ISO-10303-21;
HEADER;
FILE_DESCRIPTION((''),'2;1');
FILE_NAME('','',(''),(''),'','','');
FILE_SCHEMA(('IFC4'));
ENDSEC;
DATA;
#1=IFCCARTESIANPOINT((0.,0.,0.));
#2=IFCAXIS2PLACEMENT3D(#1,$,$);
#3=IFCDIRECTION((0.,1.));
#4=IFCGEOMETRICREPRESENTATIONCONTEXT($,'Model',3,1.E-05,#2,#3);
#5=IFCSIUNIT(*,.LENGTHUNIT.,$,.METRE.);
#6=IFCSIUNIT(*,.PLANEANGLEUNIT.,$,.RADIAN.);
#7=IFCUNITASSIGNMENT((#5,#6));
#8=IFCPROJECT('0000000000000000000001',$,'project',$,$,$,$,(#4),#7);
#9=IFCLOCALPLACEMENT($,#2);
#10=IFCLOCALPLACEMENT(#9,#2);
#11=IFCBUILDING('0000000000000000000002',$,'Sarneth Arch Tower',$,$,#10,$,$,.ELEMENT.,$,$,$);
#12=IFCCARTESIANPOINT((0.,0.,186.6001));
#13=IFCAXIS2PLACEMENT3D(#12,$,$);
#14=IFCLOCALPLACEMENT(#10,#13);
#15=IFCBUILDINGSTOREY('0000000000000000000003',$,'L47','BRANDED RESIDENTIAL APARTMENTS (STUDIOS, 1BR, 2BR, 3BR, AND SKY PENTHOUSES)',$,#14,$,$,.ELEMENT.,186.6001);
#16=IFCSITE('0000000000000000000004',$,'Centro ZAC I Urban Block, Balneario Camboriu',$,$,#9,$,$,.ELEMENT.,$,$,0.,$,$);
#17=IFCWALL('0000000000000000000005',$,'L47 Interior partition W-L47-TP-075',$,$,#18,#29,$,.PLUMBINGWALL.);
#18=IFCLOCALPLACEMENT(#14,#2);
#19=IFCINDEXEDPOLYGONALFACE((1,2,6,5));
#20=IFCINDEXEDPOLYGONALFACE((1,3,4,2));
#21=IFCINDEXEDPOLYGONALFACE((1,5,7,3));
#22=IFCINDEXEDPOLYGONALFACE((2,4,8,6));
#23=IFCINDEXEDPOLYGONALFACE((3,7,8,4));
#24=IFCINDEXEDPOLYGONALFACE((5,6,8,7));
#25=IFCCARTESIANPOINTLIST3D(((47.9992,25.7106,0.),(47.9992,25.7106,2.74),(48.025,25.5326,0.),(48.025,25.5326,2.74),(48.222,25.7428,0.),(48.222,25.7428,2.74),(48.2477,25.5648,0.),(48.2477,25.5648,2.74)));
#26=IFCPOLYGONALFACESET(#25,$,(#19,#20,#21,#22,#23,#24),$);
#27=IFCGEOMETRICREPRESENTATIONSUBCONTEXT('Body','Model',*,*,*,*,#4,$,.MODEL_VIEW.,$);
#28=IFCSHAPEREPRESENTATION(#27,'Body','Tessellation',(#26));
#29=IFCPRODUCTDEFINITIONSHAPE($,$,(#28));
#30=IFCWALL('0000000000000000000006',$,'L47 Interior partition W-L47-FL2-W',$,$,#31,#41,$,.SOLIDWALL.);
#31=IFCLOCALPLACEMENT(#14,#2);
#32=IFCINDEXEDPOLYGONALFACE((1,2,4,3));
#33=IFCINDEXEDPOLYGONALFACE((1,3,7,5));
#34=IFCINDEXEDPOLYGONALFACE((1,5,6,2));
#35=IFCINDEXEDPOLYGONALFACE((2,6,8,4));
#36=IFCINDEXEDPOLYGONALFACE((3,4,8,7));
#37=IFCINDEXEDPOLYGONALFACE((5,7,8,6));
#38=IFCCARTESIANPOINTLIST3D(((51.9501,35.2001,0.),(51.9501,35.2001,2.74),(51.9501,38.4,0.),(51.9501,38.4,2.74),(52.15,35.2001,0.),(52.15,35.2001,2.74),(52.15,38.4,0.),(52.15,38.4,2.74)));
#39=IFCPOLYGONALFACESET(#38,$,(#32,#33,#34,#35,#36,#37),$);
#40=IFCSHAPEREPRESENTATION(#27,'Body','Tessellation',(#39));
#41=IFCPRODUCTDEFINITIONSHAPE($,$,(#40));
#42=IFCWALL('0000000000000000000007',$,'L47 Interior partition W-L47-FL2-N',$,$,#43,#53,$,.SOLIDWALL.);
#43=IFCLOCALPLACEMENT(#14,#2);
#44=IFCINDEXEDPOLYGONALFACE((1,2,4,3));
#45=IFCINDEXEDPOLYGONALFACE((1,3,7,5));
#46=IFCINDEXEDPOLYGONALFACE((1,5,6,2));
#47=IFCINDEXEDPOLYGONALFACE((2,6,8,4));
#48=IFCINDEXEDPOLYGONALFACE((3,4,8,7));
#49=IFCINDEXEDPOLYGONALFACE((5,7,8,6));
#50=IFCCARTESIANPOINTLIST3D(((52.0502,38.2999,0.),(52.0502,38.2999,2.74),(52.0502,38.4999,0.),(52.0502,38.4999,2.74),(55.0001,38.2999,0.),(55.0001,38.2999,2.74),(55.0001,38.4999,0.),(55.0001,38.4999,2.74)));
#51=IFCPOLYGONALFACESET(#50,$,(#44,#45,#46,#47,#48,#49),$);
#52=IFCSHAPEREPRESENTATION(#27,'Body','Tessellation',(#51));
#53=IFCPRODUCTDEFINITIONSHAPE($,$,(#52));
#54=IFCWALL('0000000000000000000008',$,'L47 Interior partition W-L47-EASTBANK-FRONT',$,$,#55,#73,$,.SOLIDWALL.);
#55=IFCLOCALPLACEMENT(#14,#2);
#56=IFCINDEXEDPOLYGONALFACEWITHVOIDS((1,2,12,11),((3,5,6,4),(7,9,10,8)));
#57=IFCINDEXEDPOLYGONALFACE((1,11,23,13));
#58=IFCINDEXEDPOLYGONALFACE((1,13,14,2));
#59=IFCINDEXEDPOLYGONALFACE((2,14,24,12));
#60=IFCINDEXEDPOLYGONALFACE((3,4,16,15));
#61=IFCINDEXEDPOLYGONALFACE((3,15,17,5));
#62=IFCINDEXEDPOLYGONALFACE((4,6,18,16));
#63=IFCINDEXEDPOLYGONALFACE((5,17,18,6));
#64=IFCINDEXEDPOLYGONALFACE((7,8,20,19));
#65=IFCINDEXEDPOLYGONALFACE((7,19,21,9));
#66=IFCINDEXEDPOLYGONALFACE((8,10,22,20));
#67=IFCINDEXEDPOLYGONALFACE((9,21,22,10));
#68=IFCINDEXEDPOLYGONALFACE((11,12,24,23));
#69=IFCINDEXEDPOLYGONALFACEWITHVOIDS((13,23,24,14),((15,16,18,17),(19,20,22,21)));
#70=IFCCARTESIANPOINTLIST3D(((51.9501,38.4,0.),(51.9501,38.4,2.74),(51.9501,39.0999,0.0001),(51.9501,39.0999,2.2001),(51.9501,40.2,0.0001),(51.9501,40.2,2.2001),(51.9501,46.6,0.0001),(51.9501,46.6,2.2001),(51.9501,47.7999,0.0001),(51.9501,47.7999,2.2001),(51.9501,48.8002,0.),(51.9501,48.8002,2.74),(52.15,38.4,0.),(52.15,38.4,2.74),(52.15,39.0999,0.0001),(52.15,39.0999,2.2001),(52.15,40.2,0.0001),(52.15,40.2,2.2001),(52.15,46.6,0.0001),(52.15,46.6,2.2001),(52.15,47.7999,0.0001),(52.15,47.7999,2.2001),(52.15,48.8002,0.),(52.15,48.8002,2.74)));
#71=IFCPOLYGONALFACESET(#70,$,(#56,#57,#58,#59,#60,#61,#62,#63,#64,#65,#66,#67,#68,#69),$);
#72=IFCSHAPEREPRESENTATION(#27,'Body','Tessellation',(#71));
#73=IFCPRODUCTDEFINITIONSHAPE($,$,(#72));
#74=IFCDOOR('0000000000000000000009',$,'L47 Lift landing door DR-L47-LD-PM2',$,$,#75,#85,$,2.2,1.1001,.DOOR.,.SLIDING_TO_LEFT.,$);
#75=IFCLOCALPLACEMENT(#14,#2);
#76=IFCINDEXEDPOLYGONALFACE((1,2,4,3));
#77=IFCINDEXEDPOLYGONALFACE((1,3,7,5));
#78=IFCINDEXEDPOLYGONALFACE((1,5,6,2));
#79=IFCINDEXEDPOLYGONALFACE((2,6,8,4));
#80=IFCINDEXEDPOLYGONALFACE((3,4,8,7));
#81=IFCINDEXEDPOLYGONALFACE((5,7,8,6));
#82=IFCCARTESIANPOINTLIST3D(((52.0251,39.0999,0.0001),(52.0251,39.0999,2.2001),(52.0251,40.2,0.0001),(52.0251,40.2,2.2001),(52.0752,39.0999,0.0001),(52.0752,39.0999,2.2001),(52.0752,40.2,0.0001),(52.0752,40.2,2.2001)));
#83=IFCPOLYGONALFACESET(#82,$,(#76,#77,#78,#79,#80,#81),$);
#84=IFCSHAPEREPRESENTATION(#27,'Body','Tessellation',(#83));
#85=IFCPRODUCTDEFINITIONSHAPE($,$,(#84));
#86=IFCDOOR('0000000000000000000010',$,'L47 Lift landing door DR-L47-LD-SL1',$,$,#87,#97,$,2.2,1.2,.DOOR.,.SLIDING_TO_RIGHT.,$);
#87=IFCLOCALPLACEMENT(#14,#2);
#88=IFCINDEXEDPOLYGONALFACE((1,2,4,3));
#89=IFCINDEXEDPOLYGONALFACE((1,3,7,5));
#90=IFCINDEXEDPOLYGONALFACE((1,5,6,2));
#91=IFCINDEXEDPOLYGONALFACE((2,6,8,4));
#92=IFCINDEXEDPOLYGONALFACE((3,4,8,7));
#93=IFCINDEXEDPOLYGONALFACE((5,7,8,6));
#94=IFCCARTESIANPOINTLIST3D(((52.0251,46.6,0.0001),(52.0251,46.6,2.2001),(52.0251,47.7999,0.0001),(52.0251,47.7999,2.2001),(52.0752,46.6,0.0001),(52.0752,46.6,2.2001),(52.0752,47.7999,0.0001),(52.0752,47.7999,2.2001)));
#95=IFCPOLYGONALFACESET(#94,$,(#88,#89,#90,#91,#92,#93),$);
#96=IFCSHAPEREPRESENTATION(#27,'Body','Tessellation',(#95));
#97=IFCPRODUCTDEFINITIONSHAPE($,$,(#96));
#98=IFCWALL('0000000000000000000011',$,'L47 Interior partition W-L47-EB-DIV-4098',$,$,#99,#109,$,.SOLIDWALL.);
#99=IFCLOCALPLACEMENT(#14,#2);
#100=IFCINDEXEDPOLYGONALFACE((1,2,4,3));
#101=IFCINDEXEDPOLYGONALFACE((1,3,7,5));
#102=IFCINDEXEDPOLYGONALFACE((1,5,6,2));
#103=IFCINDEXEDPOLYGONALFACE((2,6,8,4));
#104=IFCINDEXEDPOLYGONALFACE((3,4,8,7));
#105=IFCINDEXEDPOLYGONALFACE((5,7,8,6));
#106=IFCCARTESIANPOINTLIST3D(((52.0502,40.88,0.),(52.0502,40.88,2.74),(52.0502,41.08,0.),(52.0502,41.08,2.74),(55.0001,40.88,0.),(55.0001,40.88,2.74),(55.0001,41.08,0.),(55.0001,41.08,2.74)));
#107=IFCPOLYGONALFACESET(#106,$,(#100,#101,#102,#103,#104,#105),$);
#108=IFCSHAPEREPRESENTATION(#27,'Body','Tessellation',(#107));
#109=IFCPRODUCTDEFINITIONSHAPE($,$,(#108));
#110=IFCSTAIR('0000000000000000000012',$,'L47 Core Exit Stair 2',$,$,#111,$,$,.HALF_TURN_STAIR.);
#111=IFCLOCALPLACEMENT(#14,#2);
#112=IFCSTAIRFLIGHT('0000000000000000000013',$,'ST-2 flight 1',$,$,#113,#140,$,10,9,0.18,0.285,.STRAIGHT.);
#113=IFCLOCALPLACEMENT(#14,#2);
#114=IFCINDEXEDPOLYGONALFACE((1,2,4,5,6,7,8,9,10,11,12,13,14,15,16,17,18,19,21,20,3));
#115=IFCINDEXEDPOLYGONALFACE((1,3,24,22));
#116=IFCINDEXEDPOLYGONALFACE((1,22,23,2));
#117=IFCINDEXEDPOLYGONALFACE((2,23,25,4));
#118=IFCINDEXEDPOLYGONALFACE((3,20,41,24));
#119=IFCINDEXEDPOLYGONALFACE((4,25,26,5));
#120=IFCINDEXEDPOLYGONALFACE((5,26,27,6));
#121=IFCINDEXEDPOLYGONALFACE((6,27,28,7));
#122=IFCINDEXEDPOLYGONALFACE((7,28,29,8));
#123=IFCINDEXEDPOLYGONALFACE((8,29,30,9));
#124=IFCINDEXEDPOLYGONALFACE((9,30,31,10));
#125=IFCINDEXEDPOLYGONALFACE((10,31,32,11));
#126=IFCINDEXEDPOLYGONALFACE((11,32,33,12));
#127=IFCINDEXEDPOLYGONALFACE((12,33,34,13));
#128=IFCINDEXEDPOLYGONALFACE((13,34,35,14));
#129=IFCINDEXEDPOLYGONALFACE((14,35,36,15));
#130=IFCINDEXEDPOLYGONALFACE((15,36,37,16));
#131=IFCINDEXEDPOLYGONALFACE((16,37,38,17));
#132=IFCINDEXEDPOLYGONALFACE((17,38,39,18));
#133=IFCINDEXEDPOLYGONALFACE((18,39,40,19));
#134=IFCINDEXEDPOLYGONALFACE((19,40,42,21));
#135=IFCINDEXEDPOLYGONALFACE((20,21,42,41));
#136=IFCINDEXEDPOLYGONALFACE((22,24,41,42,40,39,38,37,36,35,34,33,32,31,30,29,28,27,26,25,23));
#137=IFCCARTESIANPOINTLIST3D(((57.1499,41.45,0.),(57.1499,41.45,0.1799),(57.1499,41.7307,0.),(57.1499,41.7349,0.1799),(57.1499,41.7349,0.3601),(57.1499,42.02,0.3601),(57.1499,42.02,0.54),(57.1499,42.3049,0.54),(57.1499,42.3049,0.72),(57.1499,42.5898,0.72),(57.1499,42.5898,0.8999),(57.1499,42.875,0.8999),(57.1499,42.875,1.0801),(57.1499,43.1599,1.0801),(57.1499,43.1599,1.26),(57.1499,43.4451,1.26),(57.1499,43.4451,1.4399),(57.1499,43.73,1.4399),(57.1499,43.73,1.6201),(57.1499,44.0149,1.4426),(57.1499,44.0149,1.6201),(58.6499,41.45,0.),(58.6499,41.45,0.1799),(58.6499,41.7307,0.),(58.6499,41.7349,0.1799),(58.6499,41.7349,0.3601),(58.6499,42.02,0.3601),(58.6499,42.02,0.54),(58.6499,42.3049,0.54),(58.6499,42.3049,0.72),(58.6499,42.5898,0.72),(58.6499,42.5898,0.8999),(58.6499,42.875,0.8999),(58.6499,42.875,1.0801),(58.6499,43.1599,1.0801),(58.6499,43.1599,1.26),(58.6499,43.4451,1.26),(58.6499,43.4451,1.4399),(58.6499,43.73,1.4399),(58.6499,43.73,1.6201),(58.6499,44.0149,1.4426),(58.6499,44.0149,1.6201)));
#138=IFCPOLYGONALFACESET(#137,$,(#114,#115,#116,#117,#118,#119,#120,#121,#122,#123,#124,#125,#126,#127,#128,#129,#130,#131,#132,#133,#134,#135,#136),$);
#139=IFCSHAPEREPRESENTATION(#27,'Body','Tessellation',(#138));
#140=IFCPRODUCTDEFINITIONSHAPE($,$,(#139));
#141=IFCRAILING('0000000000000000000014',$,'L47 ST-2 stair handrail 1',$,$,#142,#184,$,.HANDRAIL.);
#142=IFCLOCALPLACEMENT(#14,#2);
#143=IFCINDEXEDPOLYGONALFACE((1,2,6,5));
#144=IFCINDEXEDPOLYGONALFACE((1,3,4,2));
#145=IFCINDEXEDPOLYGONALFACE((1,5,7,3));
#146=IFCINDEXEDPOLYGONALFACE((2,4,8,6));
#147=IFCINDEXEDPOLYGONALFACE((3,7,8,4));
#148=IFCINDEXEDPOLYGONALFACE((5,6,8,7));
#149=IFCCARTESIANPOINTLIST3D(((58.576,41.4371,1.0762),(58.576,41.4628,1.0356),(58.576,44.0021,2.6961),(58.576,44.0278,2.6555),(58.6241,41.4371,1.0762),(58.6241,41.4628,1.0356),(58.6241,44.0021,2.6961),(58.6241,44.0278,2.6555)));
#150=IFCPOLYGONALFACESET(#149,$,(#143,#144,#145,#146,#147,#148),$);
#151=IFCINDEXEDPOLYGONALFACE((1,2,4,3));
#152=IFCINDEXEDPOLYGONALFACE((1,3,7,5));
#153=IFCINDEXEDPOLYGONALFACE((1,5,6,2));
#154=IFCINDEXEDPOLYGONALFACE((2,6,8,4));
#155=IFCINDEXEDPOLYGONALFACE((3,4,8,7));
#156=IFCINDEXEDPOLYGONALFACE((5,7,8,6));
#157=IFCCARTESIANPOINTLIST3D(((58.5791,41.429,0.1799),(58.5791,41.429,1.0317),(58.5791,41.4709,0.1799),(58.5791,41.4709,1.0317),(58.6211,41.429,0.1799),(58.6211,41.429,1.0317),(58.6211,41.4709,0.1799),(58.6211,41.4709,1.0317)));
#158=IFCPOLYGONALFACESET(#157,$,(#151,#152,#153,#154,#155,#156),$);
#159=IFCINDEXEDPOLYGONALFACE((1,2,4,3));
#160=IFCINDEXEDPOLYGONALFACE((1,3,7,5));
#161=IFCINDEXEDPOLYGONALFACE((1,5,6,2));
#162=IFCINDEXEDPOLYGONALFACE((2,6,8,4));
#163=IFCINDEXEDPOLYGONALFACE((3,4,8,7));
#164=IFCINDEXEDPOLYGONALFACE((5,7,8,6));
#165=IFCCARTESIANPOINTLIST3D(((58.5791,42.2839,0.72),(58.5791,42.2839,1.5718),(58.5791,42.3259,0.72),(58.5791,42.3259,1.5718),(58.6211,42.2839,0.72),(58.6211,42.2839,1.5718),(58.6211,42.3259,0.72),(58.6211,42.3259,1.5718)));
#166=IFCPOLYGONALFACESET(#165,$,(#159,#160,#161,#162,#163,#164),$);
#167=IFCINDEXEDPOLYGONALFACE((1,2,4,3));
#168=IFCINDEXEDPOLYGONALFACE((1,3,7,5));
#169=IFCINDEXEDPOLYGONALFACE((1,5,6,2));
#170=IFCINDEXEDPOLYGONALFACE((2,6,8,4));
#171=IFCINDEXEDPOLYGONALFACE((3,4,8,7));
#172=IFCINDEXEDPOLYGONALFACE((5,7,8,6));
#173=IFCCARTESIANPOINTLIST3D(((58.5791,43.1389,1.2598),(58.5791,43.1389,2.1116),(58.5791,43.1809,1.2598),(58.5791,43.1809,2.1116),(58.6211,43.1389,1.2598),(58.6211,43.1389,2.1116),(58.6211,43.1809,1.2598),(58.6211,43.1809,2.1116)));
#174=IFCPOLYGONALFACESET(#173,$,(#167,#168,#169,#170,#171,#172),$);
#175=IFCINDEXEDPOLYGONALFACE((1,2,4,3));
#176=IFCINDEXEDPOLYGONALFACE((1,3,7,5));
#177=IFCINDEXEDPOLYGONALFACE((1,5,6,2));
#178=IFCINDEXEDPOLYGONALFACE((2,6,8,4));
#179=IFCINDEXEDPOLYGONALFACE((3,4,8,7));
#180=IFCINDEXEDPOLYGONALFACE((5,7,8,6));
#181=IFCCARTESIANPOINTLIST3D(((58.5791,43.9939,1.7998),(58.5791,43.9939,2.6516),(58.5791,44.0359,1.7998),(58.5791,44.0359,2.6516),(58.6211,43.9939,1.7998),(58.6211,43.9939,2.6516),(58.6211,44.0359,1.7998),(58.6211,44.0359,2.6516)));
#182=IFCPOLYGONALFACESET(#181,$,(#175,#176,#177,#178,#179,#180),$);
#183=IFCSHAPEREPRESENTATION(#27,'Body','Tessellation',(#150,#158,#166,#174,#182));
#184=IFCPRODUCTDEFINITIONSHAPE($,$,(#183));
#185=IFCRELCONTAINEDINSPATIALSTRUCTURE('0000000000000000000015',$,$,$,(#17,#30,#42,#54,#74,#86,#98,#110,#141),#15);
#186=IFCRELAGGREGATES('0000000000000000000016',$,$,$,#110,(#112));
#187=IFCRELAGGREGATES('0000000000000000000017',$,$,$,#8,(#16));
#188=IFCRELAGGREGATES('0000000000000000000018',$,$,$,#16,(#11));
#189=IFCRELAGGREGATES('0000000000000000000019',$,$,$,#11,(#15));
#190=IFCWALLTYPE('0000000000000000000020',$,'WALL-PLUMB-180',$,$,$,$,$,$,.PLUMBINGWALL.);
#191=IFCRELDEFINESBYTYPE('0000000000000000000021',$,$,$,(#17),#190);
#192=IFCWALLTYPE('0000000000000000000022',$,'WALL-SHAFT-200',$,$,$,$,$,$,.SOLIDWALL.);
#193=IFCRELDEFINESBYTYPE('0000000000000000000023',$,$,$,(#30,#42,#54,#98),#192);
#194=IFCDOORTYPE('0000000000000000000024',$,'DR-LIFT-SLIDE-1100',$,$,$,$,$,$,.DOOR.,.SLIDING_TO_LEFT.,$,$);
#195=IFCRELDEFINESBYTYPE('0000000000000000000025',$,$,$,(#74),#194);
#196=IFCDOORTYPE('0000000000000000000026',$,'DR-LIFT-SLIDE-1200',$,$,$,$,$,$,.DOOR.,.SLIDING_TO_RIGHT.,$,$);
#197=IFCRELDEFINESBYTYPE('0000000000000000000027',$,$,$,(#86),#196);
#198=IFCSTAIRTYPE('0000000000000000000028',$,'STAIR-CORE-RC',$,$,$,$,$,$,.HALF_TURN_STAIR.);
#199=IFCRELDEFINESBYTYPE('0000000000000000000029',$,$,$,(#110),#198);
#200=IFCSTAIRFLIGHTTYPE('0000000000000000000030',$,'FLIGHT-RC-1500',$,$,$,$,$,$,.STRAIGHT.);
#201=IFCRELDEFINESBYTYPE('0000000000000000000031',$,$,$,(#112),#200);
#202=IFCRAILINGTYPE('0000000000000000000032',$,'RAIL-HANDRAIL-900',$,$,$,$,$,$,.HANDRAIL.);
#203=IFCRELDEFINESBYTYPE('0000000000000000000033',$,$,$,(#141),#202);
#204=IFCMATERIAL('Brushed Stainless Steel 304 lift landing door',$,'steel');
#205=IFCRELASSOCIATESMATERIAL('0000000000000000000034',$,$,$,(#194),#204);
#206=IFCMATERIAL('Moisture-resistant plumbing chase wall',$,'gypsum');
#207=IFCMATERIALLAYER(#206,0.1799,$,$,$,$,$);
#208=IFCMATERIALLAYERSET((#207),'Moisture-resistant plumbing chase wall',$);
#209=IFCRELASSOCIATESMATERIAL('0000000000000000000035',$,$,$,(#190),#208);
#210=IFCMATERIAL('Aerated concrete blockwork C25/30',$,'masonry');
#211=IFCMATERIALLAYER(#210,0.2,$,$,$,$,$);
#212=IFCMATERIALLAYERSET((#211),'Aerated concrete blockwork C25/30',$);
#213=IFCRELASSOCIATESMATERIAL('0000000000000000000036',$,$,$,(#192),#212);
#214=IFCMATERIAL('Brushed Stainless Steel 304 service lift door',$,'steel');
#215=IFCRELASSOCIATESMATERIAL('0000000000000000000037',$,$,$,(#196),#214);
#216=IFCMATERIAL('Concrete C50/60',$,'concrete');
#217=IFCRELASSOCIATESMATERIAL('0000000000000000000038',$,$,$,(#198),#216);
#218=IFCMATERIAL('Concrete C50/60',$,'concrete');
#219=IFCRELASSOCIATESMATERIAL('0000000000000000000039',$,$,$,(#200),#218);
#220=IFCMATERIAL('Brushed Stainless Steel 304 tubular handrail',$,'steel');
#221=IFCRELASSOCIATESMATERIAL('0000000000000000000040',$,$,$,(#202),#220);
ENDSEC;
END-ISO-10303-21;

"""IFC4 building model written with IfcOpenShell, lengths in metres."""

from ifc_helpers import new_model, si_unit, direction, frame, frame_2d, origin, origin_2d, place, context, subcontext, project, spatial, polyline, rectangle, outline, extrude, material, layer, layer_set, type_object, element, fill, aggregate, save


model = new_model("IFC4")

# Units and contexts
model_context = context("Model", 3, precision=1e-05, world=origin(), true_north=direction((0.0, 1.0)))
body_context = subcontext(model_context, "Body", "Model", "MODEL_VIEW")
ifc_project = project(units=[si_unit("LENGTHUNIT", "METRE"), si_unit("PLANEANGLEUNIT", "RADIAN")], contexts=[model_context])

# Site, building, storey
site_placement = place(None, origin())
site = spatial("IfcSite", under=ifc_project, at=site_placement, Name="Centro ZAC I Urban Block, Balneario Camboriu", CompositionType="ELEMENT", RefElevation=0.0)
building_placement = place(site_placement, origin())
building = spatial("IfcBuilding", under=site, at=building_placement, Name="Sarneth Arch Tower", CompositionType="ELEMENT")
storey_placement = place(building_placement, frame((0.0, 0.0, 186.6001)))
storey = spatial("IfcBuildingStorey", under=building, at=storey_placement, Name="L47", Description="BRANDED RESIDENTIAL APARTMENTS (STUDIOS, 1BR, 2BR, 3BR, AND SKY PENTHOUSES)", CompositionType="ELEMENT", Elevation=186.6001)

# Shared definitions
ifc_material_1 = material(Name="Brushed Stainless Steel 304 lift landing door", Category="steel")
door_type_1 = type_object("IfcDoorType", Name="DR-LIFT-SLIDE-1100", OperationType="SLIDING_TO_LEFT", PredefinedType="DOOR", material=ifc_material_1)

# Shared definitions
ifc_material_2 = material(Name="Moisture-resistant plumbing chase wall", Category="gypsum")
ifc_layer_1 = layer(ifc_material_2, 0.1799)
ifc_layer_set_1 = layer_set([ifc_layer_1], Name="Moisture-resistant plumbing chase wall")
wall_type_1 = type_object("IfcWallType", Name="WALL-PLUMB-180", PredefinedType="PLUMBINGWALL", material=ifc_layer_set_1)

# Wall
wall_1_placement = place(storey_placement, frame((48.2349, 25.6538, 0.0), z_axis=(0.0, 0.0, 1.0), x_axis=(-0.98971, -0.143091, 0.0)))
element("IfcWall", 1, at=wall_1_placement, inside=storey, type_object=wall_type_1, Name="L47 Interior partition W-L47-TP-075", PredefinedType="PLUMBINGWALL", context=body_context, shape_type="SweptSolid", body=[
    extrude(rectangle(XDim=0.2251, YDim=0.1799, at=frame_2d((0.1125, 0.0))), origin(), (0.0, 0.0, 1.0), 2.74),
])

# Shared definitions
ifc_material_3 = material(Name="Aerated concrete blockwork C25/30", Category="masonry")
ifc_layer_2 = layer(ifc_material_3, 0.2)
ifc_layer_set_2 = layer_set([ifc_layer_2], Name="Aerated concrete blockwork C25/30")
wall_type_2 = type_object("IfcWallType", Name="WALL-SHAFT-200", PredefinedType="SOLIDWALL", material=ifc_layer_set_2)

# Walls
wall_2_placement = place(storey_placement, frame((52.05, 35.2, 0.0), z_axis=(0.0, 0.0, 1.0), x_axis=(0.0, 1.0, 0.0)))
element("IfcWall", 2, at=wall_2_placement, inside=storey, type_object=wall_type_2, Name="L47 Interior partition W-L47-FL2-W", PredefinedType="SOLIDWALL", context=body_context, shape_type="SweptSolid", body=[
    extrude(rectangle(XDim=3.2, YDim=0.2, at=frame_2d((1.6001, 0.0))), origin(), (0.0, 0.0, 1.0), 2.74),
])
wall_3_placement = place(storey_placement, frame((52.05, 38.3999, 0.0), z_axis=(0.0, 0.0, 1.0), x_axis=(1.0, 0.0, 0.0)))
element("IfcWall", 3, at=wall_3_placement, inside=storey, type_object=wall_type_2, Name="L47 Interior partition W-L47-FL2-N", PredefinedType="SOLIDWALL", context=body_context, shape_type="SweptSolid", body=[
    extrude(rectangle(XDim=2.95, YDim=0.2, at=frame_2d((1.4751, 0.0))), origin(), (0.0, 0.0, 1.0), 2.74),
])

# Wall, openings, doors
wall_4_placement = place(storey_placement, frame((52.05, 38.3999, 0.0), z_axis=(0.0, 0.0, 1.0), x_axis=(0.0, 1.0, 0.0)))
wall_4 = element("IfcWall", 4, at=wall_4_placement, inside=storey, type_object=wall_type_2, Name="L47 Interior partition W-L47-EASTBANK-FRONT", PredefinedType="SOLIDWALL", context=body_context, shape_type="SweptSolid", body=[
    extrude(rectangle(XDim=10.4001, YDim=0.2, at=frame_2d((5.2002, 0.0))), origin(), (0.0, 0.0, 1.0), 2.74),
])
opening_1_placement = place(wall_4_placement, frame((0.7, 0.0, 0.0)))
opening_1 = element("IfcOpeningElement", 5, at=opening_1_placement, cuts=wall_4, PredefinedType="OPENING", context=body_context, shape_type="SweptSolid", body=[
    extrude(rectangle(XDim=1.1001, YDim=2.2, at=frame_2d((0.55, 1.1001))), frame((0.0, 0.1099, 0.0), z_axis=(0.0, -1.0, 0.0), x_axis=(1.0, 0.0, 0.0)), (0.0, 0.0, 1.0), 0.22),
])
opening_2_placement = place(wall_4_placement, frame((8.2, 0.0, 0.0)))
opening_2 = element("IfcOpeningElement", 6, at=opening_2_placement, cuts=wall_4, PredefinedType="OPENING", context=body_context, shape_type="SweptSolid", body=[
    extrude(rectangle(XDim=1.2, YDim=2.2, at=frame_2d((0.6001, 1.1001))), frame((0.0, 0.1099, 0.0), z_axis=(0.0, -1.0, 0.0), x_axis=(1.0, 0.0, 0.0)), (0.0, 0.0, 1.0), 0.22),
])
door_1_placement = place(opening_1_placement, origin())
door_1 = element("IfcDoor", 7, at=door_1_placement, inside=storey, type_object=door_type_1, Name="L47 Lift landing door DR-L47-LD-PM2", OperationType="SLIDING_TO_LEFT", OverallHeight=2.2, OverallWidth=1.1001, PredefinedType="DOOR", context=body_context, shape_type="SweptSolid", body=[
    extrude(rectangle(XDim=1.1001, YDim=2.2, at=frame_2d((0.55, 1.1001))), frame((0.0, 0.0249, 0.0), z_axis=(0.0, -1.0, 0.0), x_axis=(1.0, 0.0, 0.0)), (0.0, 0.0, 1.0), 0.05),
])
fill(opening_1, door_1)
ifc_material_4 = material(Name="Brushed Stainless Steel 304 service lift door", Category="steel")
door_type_2 = type_object("IfcDoorType", Name="DR-LIFT-SLIDE-1200", OperationType="SLIDING_TO_RIGHT", PredefinedType="DOOR", material=ifc_material_4)
door_2_placement = place(opening_2_placement, origin())
door_2 = element("IfcDoor", 8, at=door_2_placement, inside=storey, type_object=door_type_2, Name="L47 Lift landing door DR-L47-LD-SL1", OperationType="SLIDING_TO_RIGHT", OverallHeight=2.2, OverallWidth=1.2, PredefinedType="DOOR", context=body_context, shape_type="SweptSolid", body=[
    extrude(rectangle(XDim=1.2, YDim=2.2, at=frame_2d((0.6001, 1.1001))), frame((0.0, 0.0249, 0.0), z_axis=(0.0, -1.0, 0.0), x_axis=(1.0, 0.0, 0.0)), (0.0, 0.0, 1.0), 0.05),
])
fill(opening_2, door_2)

# Wall
wall_5_placement = place(storey_placement, frame((52.05, 40.98, 0.0), z_axis=(0.0, 0.0, 1.0), x_axis=(1.0, 0.0, 0.0)))
element("IfcWall", 9, at=wall_5_placement, inside=storey, type_object=wall_type_2, Name="L47 Interior partition W-L47-EB-DIV-4098", PredefinedType="SOLIDWALL", context=body_context, shape_type="SweptSolid", body=[
    extrude(rectangle(XDim=2.95, YDim=0.2, at=frame_2d((1.4751, 0.0))), origin(), (0.0, 0.0, 1.0), 2.74),
])

# Stair, stair flight
ifc_material_5 = material(Name="Concrete C50/60", Category="concrete")
stair_type = type_object("IfcStairType", Name="STAIR-CORE-RC", PredefinedType="HALF_TURN_STAIR", material=ifc_material_5)
stair_placement = place(storey_placement, origin())
stair = element("IfcStair", 10, at=stair_placement, inside=storey, type_object=stair_type, Name="L47 Core Exit Stair 2", PredefinedType="HALF_TURN_STAIR")
ifc_material_6 = material(Name="Concrete C50/60", Category="concrete")
stair_flight_type = type_object("IfcStairFlightType", Name="FLIGHT-RC-1500", PredefinedType="STRAIGHT", material=ifc_material_6)
stair_flight_placement = place(storey_placement, frame((57.8999, 41.45, 0.0), z_axis=(0.0, 0.0, 1.0), x_axis=(0.0, 1.0, 0.0)))
stair_flight = element("IfcStairFlight", 11, at=stair_flight_placement, type_object=stair_flight_type, Name="ST-2 flight 1", NumberOfRisers=10, NumberOfTreads=9, PredefinedType="STRAIGHT", RiserHeight=0.18, TreadLength=0.285, context=body_context, shape_type="SweptSolid", body=[
    extrude(outline(polyline([(0.0, 0.0), (0.0, 0.1799), (0.2849, 0.1799), (0.2849, 0.3601), (0.5701, 0.3601), (0.5701, 0.54), (0.855, 0.54), (0.855, 0.72), (1.1399, 0.72), (1.1399, 0.8999), (1.425, 0.8999), (1.425, 1.0801), (1.71, 1.0801), (1.71, 1.26), (1.9951, 1.26), (1.9951, 1.4399), (2.28, 1.4399), (2.28, 1.6201), (2.5649, 1.6201), (2.5649, 1.8), (2.5649, 1.4426), (0.2808, 0.0), (0.0, 0.0)])), frame((0.0, 0.75, 0.0), z_axis=(0.0, -1.0, 0.0), x_axis=(1.0, 0.0, 0.0)), (0.0, 0.0, 1.0), 1.5),
])
aggregate(stair, [stair_flight])

# Railing
ifc_material_7 = material(Name="Brushed Stainless Steel 304 tubular handrail", Category="steel")
railing_type_1 = type_object("IfcRailingType", Name="RAIL-HANDRAIL-900", PredefinedType="HANDRAIL", material=ifc_material_7)
railing_1_placement = place(storey_placement, frame((58.6001, 41.45, 0.1799)))
element("IfcRailing", 12, at=railing_1_placement, inside=storey, type_object=railing_type_1, Name="L47 ST-2 stair handrail 1", PredefinedType="HANDRAIL", context=body_context, shape_type="SweptSolid", body=[
    extrude(rectangle(XDim=0.0481, YDim=0.0481, at=origin_2d()), frame((0.0, 0.0, 0.876), z_axis=(0.0, 0.845502, 0.533972), x_axis=(-1.0, 0.0, 0.0)), (0.0, 0.0, 1.0), 3.0337),
    extrude(rectangle(XDim=0.042, YDim=0.042, at=origin_2d()), origin(), (0.0, 0.0, 1.0), 0.8518),
    extrude(rectangle(XDim=0.042, YDim=0.042, at=origin_2d()), frame((0.0, 0.855, 0.54)), (0.0, 0.0, 1.0), 0.8518),
    extrude(rectangle(XDim=0.042, YDim=0.042, at=origin_2d()), frame((0.0, 1.71, 1.0798)), (0.0, 0.0, 1.0), 0.8518),
    extrude(rectangle(XDim=0.042, YDim=0.042, at=origin_2d()), frame((0.0, 2.5649, 1.6199)), (0.0, 0.0, 1.0), 0.8518),
])

save(model, "model.ifc")
